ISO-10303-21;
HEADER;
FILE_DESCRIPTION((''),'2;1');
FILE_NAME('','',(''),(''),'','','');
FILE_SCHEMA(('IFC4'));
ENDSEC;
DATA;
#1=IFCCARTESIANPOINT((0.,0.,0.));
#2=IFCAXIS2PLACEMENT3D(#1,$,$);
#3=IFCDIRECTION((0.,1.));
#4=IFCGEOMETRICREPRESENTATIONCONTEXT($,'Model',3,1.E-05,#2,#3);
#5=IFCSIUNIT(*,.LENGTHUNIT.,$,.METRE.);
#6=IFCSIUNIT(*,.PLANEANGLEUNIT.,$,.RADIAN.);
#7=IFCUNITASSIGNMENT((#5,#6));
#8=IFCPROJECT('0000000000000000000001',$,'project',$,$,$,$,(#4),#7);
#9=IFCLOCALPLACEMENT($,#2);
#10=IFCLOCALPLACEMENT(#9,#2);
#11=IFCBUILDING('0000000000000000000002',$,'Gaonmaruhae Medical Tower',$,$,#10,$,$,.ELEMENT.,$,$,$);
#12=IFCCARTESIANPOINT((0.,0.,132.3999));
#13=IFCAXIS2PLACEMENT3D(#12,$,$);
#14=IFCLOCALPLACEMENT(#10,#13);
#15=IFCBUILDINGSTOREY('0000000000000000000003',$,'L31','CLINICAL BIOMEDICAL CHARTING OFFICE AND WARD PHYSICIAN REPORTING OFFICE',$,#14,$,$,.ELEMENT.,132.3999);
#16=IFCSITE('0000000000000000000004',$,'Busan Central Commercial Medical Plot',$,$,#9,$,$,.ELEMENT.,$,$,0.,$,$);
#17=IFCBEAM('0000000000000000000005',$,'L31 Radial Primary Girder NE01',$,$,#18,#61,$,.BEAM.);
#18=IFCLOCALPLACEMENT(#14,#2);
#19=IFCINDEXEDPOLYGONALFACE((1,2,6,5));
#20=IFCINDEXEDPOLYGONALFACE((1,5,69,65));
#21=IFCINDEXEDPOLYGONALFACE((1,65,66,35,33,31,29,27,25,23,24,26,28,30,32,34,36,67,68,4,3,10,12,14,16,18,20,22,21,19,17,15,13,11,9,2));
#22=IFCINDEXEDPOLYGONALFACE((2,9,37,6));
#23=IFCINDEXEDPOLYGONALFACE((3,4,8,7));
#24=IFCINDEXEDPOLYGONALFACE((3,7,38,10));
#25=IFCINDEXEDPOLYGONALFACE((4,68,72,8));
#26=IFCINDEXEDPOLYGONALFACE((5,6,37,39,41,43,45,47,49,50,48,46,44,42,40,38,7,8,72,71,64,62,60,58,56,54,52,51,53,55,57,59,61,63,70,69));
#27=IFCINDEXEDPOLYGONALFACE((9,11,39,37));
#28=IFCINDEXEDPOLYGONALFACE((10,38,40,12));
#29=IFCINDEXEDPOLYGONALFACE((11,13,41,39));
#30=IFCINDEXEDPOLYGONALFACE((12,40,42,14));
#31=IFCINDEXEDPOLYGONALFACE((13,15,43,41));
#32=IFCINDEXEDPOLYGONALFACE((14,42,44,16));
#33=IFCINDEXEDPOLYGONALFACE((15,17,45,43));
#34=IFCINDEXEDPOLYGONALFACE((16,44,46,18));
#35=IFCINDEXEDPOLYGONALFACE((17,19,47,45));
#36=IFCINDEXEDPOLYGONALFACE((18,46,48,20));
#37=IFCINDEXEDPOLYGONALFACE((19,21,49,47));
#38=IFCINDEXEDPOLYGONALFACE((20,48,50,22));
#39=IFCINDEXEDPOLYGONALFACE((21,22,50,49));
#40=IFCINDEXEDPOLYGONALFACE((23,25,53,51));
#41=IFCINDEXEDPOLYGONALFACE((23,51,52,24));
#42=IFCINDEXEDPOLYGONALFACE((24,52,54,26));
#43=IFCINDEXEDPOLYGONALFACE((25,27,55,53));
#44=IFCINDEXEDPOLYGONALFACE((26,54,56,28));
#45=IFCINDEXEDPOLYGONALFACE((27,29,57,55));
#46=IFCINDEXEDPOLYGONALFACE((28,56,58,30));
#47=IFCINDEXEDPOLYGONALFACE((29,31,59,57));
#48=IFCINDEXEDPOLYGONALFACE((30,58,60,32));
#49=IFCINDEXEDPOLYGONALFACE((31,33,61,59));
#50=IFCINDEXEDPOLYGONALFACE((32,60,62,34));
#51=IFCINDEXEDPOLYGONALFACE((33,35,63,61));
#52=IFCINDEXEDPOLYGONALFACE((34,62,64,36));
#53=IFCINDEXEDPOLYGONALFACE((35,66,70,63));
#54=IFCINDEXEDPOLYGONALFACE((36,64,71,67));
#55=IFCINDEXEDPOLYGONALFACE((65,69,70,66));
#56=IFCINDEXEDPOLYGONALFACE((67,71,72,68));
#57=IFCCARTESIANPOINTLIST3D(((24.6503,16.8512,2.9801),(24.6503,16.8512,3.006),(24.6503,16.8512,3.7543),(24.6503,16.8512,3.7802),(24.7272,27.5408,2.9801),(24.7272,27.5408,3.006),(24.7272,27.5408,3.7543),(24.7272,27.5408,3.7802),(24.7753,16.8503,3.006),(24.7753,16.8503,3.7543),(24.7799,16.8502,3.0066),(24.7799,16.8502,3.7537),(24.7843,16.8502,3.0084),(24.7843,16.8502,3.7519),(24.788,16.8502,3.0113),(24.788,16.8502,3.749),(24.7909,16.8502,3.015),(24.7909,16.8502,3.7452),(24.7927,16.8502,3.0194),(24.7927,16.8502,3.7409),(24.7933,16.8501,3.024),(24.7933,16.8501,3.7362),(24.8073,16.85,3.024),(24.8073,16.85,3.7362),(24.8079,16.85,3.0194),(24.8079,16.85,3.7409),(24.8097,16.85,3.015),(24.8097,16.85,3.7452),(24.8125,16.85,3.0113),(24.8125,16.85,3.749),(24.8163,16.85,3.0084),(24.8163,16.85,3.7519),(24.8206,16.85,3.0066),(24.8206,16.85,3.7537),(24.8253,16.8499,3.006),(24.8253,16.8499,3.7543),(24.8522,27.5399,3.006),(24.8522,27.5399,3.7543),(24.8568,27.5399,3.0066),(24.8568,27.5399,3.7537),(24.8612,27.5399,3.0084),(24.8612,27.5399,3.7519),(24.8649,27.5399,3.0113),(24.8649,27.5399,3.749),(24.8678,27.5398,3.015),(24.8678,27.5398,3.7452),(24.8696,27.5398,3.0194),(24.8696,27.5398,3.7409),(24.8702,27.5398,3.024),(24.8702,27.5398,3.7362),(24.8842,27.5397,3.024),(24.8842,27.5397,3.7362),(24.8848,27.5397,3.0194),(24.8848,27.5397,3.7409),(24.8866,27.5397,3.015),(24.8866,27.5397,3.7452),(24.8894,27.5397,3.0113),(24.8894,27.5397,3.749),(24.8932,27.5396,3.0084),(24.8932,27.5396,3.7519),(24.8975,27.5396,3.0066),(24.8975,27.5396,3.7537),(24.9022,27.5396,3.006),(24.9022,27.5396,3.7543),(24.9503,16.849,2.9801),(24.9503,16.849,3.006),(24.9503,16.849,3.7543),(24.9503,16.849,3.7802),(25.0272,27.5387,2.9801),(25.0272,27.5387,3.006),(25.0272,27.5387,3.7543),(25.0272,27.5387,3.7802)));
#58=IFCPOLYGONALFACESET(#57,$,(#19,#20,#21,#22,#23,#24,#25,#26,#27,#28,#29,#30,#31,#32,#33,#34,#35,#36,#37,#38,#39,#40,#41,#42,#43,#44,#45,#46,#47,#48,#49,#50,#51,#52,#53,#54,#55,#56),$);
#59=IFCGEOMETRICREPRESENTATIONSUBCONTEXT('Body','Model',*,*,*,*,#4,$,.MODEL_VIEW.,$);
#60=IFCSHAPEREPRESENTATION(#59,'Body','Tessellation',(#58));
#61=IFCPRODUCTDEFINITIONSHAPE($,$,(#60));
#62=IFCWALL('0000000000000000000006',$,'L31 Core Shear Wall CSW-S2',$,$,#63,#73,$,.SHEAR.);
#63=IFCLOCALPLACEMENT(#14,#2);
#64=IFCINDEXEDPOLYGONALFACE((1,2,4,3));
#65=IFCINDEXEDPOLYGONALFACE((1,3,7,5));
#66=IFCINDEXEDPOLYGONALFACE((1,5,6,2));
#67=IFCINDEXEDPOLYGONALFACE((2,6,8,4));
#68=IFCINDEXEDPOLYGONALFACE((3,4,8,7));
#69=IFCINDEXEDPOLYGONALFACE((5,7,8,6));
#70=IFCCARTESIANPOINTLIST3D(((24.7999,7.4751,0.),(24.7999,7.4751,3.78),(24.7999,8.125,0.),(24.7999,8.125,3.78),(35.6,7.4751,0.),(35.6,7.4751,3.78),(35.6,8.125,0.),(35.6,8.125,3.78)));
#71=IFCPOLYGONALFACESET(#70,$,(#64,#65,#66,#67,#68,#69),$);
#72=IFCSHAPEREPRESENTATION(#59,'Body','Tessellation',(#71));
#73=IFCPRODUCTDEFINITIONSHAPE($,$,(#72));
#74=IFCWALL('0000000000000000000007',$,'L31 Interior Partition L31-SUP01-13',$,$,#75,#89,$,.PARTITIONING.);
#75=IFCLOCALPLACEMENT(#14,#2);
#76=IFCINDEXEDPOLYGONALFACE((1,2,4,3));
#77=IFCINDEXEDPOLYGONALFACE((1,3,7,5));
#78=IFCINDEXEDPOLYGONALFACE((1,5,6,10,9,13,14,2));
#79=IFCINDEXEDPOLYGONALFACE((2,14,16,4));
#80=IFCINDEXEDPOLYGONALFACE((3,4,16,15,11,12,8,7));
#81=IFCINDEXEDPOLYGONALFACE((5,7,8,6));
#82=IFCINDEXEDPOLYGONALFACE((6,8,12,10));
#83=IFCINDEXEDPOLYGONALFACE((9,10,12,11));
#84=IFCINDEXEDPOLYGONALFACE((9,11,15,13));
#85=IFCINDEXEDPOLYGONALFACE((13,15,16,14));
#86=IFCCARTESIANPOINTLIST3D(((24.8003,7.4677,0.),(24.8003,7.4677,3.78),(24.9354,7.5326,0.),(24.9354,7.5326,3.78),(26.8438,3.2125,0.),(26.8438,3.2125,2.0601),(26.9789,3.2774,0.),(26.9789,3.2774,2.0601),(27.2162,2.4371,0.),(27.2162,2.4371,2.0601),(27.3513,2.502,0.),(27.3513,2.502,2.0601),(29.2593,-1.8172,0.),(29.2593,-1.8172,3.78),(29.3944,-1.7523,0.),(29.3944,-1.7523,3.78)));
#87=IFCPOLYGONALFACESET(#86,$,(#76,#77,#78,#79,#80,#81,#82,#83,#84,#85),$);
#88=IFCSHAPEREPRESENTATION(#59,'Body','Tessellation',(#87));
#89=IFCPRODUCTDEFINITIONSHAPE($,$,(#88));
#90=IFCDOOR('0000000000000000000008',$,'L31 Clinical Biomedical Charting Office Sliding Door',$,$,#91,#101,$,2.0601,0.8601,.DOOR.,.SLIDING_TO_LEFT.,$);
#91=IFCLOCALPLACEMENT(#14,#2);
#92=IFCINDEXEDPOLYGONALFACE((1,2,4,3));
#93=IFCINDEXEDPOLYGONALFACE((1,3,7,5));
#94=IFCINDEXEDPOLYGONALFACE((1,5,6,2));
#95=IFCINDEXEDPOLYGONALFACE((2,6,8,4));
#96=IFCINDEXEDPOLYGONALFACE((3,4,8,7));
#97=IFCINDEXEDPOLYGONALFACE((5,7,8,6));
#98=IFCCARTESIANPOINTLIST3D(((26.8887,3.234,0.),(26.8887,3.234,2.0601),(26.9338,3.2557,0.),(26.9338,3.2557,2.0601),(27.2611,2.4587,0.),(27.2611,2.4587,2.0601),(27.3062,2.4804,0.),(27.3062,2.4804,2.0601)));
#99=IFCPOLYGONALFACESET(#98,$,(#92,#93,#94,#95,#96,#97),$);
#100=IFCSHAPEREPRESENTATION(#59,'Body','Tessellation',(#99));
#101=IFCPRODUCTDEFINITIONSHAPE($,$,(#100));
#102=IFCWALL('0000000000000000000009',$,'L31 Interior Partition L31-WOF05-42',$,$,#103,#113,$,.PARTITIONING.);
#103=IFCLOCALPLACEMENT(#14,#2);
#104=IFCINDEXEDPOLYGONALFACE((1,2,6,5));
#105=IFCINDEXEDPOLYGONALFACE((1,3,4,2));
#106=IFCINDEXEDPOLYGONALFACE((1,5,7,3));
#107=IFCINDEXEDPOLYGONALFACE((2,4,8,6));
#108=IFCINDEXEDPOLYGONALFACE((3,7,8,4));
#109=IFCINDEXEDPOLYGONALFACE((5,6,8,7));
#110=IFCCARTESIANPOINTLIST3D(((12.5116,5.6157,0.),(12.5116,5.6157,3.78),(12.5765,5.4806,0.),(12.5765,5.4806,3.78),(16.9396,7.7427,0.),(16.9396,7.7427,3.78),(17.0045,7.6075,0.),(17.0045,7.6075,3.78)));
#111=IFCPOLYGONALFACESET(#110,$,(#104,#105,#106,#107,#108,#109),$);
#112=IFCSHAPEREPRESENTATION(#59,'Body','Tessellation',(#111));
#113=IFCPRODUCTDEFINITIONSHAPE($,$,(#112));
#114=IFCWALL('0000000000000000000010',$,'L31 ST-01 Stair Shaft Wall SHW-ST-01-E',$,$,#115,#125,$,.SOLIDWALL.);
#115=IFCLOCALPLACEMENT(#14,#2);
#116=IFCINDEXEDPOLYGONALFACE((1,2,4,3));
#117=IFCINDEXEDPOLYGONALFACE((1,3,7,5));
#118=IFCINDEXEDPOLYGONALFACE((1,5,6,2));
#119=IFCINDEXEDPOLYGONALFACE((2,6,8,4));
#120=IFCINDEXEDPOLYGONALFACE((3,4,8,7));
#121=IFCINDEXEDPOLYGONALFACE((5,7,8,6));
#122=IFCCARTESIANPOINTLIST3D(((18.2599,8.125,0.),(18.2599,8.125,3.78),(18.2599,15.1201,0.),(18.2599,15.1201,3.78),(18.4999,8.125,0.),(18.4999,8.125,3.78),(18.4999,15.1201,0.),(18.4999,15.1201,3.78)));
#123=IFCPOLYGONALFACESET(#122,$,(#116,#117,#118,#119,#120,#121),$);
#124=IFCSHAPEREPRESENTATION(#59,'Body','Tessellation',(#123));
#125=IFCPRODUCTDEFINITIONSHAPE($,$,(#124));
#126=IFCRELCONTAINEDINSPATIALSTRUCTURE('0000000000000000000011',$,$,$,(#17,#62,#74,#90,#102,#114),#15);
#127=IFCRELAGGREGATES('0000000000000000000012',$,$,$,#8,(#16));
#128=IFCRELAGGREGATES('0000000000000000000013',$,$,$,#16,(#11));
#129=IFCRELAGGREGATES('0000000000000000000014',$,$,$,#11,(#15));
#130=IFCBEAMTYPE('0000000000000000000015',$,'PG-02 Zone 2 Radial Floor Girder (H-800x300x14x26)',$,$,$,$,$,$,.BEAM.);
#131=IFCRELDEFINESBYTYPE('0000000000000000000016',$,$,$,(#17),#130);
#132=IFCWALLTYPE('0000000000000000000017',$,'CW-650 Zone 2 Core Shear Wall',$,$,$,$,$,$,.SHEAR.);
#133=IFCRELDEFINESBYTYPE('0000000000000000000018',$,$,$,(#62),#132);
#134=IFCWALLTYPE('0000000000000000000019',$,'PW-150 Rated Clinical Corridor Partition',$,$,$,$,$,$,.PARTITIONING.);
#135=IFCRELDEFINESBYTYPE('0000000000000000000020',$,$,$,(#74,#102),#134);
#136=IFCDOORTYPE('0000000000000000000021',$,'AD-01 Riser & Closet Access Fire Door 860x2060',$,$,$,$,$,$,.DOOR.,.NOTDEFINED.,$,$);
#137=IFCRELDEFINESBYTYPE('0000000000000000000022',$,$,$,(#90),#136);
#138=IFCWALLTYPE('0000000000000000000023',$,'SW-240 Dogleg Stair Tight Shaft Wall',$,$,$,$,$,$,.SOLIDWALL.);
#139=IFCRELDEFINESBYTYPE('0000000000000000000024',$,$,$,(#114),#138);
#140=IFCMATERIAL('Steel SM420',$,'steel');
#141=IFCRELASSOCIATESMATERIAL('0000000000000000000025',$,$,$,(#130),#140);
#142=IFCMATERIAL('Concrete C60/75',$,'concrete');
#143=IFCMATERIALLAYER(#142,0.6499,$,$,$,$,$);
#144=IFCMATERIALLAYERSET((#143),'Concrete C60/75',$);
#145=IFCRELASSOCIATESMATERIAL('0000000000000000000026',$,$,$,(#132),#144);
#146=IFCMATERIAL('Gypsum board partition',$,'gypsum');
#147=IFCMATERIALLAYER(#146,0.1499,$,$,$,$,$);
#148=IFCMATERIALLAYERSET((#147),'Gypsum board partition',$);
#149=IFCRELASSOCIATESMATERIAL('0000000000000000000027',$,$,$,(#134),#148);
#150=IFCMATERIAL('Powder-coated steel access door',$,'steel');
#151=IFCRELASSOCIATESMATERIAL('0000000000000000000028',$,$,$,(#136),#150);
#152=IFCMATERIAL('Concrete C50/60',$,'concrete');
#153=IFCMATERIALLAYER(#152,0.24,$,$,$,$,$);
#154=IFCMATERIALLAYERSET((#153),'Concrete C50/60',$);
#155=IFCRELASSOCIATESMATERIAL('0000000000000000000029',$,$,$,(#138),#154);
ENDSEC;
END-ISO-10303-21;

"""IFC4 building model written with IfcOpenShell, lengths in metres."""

from ifc_helpers import new_model, si_unit, direction, frame, frame_2d, origin, origin_2d, place, context, subcontext, project, spatial, rectangle, i_section, extrude, material, layer, layer_set, material_profile, profile_set, type_object, element, fill, save


model = new_model("IFC4")

# Units and contexts
model_context = context("Model", 3, precision=1e-05, world=origin(), true_north=direction((0.0, 1.0)))
body_context = subcontext(model_context, "Body", "Model", "MODEL_VIEW")
ifc_project = project(units=[si_unit("LENGTHUNIT", "METRE"), si_unit("PLANEANGLEUNIT", "RADIAN")], contexts=[model_context])

# Site, building, storey
site_placement = place(None, origin())
site = spatial("IfcSite", under=ifc_project, at=site_placement, Name="Busan Central Commercial Medical Plot", CompositionType="ELEMENT", RefElevation=0.0)
building_placement = place(site_placement, origin())
building = spatial("IfcBuilding", under=site, at=building_placement, Name="Gaonmaruhae Medical Tower", CompositionType="ELEMENT")
storey_placement = place(building_placement, frame((0.0, 0.0, 132.3999)))
storey = spatial("IfcBuildingStorey", under=building, at=storey_placement, Name="L31", Description="CLINICAL BIOMEDICAL CHARTING OFFICE AND WARD PHYSICIAN REPORTING OFFICE", CompositionType="ELEMENT", Elevation=132.3999)

# Shared definitions
ifc_material_1 = material(Name="Concrete C60/75", Category="concrete")

# Beam
ifc_material_2 = material(Name="Steel SM420", Category="steel")
ifc_material_profile_1 = material_profile(ifc_material_2, i_section(OverallWidth=0.3, OverallDepth=0.8, WebThickness=0.0139, FlangeThickness=0.0259, FilletRadius=0.0181, at=origin_2d()), Name="H-800x300x14x26")
ifc_profile_set_1 = profile_set([ifc_material_profile_1], Name="Steel SM420")
beam_type = type_object("IfcBeamType", Name="PG-02 Zone 2 Radial Floor Girder (H-800x300x14x26)", PredefinedType="BEAM", material=ifc_profile_set_1)
beam_1_placement = place(storey_placement, frame((24.8003, 16.8501, 3.3801), z_axis=(0.007194, 0.999974, 0.0), x_axis=(-0.999974, 0.007194, 0.0)))
element("IfcBeam", 1, at=beam_1_placement, inside=storey, type_object=beam_type, Name="L31 Radial Primary Girder NE01", PredefinedType="BEAM", context=body_context, shape_type="SweptSolid", body=[
    extrude(i_section(OverallWidth=0.3, OverallDepth=0.8, WebThickness=0.0139, FlangeThickness=0.0259, FilletRadius=0.0181, at=origin_2d()), origin(), (0.0, 0.0, 1.0), 10.6899),
])

# Wall
ifc_layer_1 = layer(ifc_material_1, 0.6499)
ifc_layer_set_1 = layer_set([ifc_layer_1], Name="Concrete C60/75")
wall_type_1 = type_object("IfcWallType", Name="CW-650 Zone 2 Core Shear Wall", PredefinedType="SHEAR", material=ifc_layer_set_1)
wall_1_placement = place(storey_placement, frame((24.8, 7.8, 0.0), z_axis=(0.0, 0.0, 1.0), x_axis=(1.0, 0.0, 0.0)))
element("IfcWall", 2, at=wall_1_placement, inside=storey, type_object=wall_type_1, Name="L31 Core Shear Wall CSW-S2", PredefinedType="SHEAR", context=body_context, shape_type="SweptSolid", body=[
    extrude(rectangle(XDim=10.8, YDim=0.6499, at=frame_2d((5.3999, 0.0))), origin(), (0.0, 0.0, 1.0), 3.78),
])

# Wall, opening, door
ifc_material_3 = material(Name="Gypsum board partition", Category="gypsum")
ifc_layer_2 = layer(ifc_material_3, 0.1499)
ifc_layer_set_2 = layer_set([ifc_layer_2], Name="Gypsum board partition")
wall_type_2 = type_object("IfcWallType", Name="PW-150 Rated Clinical Corridor Partition", PredefinedType="PARTITIONING", material=ifc_layer_set_2)
wall_2_placement = place(storey_placement, frame((24.8679, 7.5, 0.0), z_axis=(0.0, 0.0, 1.0), x_axis=(0.432907, -0.901439, 0.0)))
wall_2 = element("IfcWall", 3, at=wall_2_placement, inside=storey, type_object=wall_type_2, Name="L31 Interior Partition L31-SUP01-13", PredefinedType="PARTITIONING", context=body_context, shape_type="SweptSolid", body=[
    extrude(rectangle(XDim=10.3, YDim=0.1499, at=frame_2d((5.1499, 0.0))), origin(), (0.0, 0.0, 1.0), 3.78),
])
opening_1_placement = place(wall_2_placement, frame((4.7202, 0.0, 0.0)))
opening_1 = element("IfcOpeningElement", 4, at=opening_1_placement, cuts=wall_2, PredefinedType="OPENING", context=body_context, shape_type="SweptSolid", body=[
    extrude(rectangle(XDim=0.8601, YDim=2.0601, at=frame_2d((0.4302, 1.03))), frame((0.0, 0.085, 0.0), z_axis=(0.0, -1.0, 0.0), x_axis=(1.0, 0.0, 0.0)), (0.0, 0.0, 1.0), 0.1699),
])
ifc_material_4 = material(Name="Powder-coated steel access door", Category="steel")
door_type_1 = type_object("IfcDoorType", Name="AD-01 Riser & Closet Access Fire Door 860x2060", OperationType="NOTDEFINED", PredefinedType="DOOR", material=ifc_material_4)
door_1_placement = place(opening_1_placement, origin())
door_1 = element("IfcDoor", 5, at=door_1_placement, inside=storey, type_object=door_type_1, Name="L31 Clinical Biomedical Charting Office Sliding Door", OperationType="SLIDING_TO_LEFT", OverallHeight=2.0601, OverallWidth=0.8601, PredefinedType="DOOR", context=body_context, shape_type="SweptSolid", body=[
    extrude(rectangle(XDim=0.8601, YDim=2.0601, at=frame_2d((0.4302, 1.03))), frame((0.0, 0.0249, 0.0), z_axis=(0.0, -1.0, 0.0), x_axis=(1.0, 0.0, 0.0)), (0.0, 0.0, 1.0), 0.05),
])
fill(opening_1, door_1)

# Walls
wall_3_placement = place(storey_placement, frame((16.9719, 7.675, 0.0), z_axis=(0.0, 0.0, 1.0), x_axis=(-0.901402, -0.432983, 0.0)))
element("IfcWall", 6, at=wall_3_placement, inside=storey, type_object=wall_type_2, Name="L31 Interior Partition L31-WOF05-42", PredefinedType="PARTITIONING", context=body_context, shape_type="SweptSolid", body=[
    extrude(rectangle(XDim=4.9124, YDim=0.1499, at=frame_2d((2.4561, 0.0))), origin(), (0.0, 0.0, 1.0), 3.78),
])
ifc_material_5 = material(Name="Concrete C50/60", Category="concrete")
ifc_layer_3 = layer(ifc_material_5, 0.24)
ifc_layer_set_3 = layer_set([ifc_layer_3], Name="Concrete C50/60")
wall_type_3 = type_object("IfcWallType", Name="SW-240 Dogleg Stair Tight Shaft Wall", PredefinedType="SOLIDWALL", material=ifc_layer_set_3)
wall_4_placement = place(storey_placement, frame((18.3799, 15.1201, 0.0), z_axis=(0.0, 0.0, 1.0), x_axis=(0.0, -1.0, 0.0)))
element("IfcWall", 7, at=wall_4_placement, inside=storey, type_object=wall_type_3, Name="L31 ST-01 Stair Shaft Wall SHW-ST-01-E", PredefinedType="SOLIDWALL", context=body_context, shape_type="SweptSolid", body=[
    extrude(rectangle(XDim=6.9951, YDim=0.24, at=frame_2d((3.4976, 0.0))), origin(), (0.0, 0.0, 1.0), 3.78),
])

save(model, "model.ifc")
